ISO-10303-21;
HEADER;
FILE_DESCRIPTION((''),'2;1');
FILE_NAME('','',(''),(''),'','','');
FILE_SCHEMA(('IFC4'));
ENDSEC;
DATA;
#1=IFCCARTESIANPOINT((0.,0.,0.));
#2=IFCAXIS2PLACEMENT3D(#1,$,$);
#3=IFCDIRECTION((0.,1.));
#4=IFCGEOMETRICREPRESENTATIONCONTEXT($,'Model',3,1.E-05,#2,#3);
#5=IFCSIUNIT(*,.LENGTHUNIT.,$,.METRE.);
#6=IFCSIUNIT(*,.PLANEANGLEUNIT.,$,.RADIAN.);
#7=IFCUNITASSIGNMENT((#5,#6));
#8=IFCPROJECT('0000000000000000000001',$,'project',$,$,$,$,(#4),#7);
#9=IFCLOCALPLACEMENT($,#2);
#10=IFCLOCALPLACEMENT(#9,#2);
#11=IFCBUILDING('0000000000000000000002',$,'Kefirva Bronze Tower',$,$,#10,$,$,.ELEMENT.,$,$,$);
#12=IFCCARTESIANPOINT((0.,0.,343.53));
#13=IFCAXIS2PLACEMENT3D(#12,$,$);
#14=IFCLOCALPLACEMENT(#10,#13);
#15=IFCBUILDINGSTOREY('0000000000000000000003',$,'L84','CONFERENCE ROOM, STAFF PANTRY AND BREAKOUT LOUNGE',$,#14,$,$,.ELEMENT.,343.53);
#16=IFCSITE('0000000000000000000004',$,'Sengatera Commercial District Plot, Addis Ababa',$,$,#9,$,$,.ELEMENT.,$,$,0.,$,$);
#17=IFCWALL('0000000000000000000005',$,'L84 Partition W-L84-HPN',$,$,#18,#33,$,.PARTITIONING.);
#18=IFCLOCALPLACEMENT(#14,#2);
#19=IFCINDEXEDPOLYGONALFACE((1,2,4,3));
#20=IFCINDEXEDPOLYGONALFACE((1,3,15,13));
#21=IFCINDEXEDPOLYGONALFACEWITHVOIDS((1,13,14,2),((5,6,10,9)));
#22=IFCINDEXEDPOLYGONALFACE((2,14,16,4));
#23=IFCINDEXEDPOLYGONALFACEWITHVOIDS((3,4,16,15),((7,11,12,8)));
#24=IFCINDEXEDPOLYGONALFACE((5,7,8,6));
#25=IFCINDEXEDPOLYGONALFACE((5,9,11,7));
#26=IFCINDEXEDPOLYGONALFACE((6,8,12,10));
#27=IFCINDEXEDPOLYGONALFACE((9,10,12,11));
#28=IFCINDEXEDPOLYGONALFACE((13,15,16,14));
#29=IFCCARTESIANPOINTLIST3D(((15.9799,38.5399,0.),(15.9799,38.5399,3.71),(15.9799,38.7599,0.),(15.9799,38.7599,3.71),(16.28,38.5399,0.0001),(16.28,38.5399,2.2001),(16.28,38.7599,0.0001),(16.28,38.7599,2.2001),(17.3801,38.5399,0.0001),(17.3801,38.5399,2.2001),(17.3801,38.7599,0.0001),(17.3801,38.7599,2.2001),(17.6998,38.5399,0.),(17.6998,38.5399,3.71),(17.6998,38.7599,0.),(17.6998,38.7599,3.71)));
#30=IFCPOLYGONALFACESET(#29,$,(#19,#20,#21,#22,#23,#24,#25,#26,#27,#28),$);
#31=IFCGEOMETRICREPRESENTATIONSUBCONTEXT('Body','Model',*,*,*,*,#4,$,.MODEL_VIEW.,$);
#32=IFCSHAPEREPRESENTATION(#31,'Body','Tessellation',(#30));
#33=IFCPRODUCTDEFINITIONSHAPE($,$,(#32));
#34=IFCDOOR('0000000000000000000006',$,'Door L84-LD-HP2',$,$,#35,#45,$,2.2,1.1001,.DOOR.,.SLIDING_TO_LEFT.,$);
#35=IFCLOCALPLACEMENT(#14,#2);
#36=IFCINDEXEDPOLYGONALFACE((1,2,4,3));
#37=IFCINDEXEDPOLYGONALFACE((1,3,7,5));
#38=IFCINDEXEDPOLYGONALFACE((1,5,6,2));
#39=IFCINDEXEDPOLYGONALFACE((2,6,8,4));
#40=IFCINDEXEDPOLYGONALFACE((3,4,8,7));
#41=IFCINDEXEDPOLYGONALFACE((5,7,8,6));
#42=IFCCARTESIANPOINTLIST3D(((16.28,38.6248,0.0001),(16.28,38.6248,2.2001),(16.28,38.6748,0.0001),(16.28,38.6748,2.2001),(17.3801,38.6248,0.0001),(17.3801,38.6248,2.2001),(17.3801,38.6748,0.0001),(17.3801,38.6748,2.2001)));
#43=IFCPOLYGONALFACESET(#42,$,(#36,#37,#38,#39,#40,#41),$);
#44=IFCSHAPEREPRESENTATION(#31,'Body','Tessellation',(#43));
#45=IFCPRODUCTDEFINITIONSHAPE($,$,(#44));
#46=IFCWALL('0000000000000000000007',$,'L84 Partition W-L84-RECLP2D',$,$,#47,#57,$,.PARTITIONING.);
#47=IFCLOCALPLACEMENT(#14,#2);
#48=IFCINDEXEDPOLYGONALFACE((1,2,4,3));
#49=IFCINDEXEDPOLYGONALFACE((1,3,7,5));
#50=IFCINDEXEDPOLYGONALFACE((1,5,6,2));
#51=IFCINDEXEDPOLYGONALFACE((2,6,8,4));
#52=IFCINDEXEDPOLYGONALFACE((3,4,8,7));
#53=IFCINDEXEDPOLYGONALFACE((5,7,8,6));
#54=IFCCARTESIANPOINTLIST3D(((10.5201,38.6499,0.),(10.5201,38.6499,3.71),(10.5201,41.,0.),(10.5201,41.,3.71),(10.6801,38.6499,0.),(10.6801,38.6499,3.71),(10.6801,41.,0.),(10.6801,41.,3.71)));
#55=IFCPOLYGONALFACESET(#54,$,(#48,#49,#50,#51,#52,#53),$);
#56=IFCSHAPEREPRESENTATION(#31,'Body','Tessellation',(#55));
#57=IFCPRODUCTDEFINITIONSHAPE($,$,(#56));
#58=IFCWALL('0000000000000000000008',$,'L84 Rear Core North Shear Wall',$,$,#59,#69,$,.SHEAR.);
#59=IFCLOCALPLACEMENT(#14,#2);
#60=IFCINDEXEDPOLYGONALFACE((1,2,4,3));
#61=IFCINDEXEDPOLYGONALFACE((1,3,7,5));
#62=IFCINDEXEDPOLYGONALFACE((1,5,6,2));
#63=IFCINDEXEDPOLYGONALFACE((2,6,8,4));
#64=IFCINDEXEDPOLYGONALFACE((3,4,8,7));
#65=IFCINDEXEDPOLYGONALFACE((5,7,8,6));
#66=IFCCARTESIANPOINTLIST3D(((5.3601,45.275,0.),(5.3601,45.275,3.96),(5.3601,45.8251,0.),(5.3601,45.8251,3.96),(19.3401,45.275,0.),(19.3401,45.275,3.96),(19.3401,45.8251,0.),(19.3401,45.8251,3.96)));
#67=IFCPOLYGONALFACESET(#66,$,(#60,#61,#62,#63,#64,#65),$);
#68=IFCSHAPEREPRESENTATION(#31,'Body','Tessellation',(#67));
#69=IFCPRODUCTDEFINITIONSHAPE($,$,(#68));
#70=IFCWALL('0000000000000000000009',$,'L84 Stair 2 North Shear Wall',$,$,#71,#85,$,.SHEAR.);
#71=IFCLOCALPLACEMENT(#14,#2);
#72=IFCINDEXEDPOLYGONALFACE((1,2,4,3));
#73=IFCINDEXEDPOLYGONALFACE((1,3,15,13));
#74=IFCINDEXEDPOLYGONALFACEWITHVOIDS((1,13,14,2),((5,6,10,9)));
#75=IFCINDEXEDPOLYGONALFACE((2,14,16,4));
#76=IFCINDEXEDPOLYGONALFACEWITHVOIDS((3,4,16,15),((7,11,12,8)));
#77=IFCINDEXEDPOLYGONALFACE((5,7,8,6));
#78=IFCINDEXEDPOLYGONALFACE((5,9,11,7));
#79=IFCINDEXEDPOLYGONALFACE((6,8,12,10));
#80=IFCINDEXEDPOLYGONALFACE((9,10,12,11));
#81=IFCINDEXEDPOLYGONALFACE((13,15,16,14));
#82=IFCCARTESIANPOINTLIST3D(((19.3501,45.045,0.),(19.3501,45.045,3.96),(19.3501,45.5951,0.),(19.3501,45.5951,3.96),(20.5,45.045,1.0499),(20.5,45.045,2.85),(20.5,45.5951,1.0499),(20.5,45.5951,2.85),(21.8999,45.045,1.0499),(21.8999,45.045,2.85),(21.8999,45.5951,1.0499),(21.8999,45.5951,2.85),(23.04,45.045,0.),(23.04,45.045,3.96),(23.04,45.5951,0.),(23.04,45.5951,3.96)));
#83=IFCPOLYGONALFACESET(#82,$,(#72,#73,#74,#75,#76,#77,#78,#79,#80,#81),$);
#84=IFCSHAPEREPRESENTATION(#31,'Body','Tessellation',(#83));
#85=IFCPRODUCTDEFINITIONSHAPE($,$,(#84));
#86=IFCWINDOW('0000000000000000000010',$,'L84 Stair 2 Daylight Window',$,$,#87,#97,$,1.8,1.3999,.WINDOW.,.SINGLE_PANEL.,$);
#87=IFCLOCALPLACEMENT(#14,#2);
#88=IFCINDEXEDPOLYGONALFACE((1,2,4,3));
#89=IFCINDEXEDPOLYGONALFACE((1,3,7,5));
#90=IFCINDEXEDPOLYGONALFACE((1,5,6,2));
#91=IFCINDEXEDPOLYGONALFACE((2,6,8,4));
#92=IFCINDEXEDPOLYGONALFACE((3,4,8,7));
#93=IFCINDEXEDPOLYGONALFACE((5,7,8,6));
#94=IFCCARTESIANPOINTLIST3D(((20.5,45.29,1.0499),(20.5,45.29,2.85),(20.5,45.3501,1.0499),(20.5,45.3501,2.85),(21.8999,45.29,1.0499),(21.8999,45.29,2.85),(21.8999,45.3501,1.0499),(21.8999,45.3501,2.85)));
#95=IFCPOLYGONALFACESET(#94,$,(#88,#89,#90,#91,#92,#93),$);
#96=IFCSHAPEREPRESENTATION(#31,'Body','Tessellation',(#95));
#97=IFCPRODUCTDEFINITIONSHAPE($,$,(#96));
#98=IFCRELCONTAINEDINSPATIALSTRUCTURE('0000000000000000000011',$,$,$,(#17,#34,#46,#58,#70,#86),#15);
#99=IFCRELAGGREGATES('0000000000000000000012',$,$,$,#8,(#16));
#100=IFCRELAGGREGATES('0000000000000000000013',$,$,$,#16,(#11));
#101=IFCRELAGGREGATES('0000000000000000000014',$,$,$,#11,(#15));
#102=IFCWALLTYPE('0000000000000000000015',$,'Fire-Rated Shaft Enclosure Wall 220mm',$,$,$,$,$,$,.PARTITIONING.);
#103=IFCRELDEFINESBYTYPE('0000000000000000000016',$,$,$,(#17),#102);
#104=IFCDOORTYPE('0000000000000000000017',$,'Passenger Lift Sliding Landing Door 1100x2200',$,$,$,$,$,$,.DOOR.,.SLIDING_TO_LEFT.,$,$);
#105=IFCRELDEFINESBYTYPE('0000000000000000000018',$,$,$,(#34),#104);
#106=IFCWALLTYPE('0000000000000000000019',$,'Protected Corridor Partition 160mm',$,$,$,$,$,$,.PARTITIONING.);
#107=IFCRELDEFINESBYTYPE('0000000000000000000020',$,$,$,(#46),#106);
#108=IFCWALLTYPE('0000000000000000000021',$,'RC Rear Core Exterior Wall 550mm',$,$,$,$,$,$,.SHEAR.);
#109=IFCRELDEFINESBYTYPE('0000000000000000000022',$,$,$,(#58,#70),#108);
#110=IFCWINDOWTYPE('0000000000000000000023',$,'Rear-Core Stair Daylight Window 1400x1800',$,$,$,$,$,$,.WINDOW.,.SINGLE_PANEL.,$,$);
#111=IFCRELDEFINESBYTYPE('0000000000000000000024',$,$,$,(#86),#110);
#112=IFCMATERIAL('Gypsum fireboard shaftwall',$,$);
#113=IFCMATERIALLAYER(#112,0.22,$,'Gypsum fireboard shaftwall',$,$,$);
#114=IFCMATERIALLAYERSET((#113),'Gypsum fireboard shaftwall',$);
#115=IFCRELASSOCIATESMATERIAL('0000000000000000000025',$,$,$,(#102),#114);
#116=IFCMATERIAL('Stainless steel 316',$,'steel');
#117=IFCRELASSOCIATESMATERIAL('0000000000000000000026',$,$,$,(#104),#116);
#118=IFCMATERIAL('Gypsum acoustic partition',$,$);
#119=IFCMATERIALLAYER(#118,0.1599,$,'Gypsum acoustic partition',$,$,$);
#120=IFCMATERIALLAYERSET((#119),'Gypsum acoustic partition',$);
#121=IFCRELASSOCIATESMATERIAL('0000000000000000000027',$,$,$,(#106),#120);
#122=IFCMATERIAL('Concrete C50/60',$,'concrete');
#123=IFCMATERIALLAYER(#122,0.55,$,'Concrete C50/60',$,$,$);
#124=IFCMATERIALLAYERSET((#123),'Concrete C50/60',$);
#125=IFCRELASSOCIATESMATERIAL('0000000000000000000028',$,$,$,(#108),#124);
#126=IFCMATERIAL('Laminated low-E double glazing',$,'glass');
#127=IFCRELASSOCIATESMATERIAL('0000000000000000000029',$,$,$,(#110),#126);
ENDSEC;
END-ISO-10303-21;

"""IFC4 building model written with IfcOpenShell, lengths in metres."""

from ifc_helpers import new_model, si_unit, direction, frame, frame_2d, origin, place, context, subcontext, project, spatial, rectangle, extrude, material, layer, layer_set, type_object, element, fill, save


model = new_model("IFC4")

# Units and contexts
model_context = context("Model", 3, precision=1e-05, world=origin(), true_north=direction((0.0, 1.0)))
body_context = subcontext(model_context, "Body", "Model", "MODEL_VIEW")
ifc_project = project(units=[si_unit("LENGTHUNIT", "METRE"), si_unit("PLANEANGLEUNIT", "RADIAN")], contexts=[model_context])

# Site, building, storey
site_placement = place(None, origin())
site = spatial("IfcSite", under=ifc_project, at=site_placement, Name="Sengatera Commercial District Plot, Addis Ababa", CompositionType="ELEMENT", RefElevation=0.0)
building_placement = place(site_placement, origin())
building = spatial("IfcBuilding", under=site, at=building_placement, Name="Kefirva Bronze Tower", CompositionType="ELEMENT")
storey_placement = place(building_placement, frame((0.0, 0.0, 343.53)))
storey = spatial("IfcBuildingStorey", under=building, at=storey_placement, Name="L84", Description="CONFERENCE ROOM, STAFF PANTRY AND BREAKOUT LOUNGE", CompositionType="ELEMENT", Elevation=343.53)

# Shared definitions
ifc_material_1 = material(Name="Concrete C50/60", Category="concrete")

# Shared definitions
ifc_material_2 = material(Name="Gypsum acoustic partition")

# Shared definitions
ifc_material_3 = material(Name="Gypsum fireboard shaftwall")
ifc_layer_1 = layer(ifc_material_3, 0.22, Name="Gypsum fireboard shaftwall")
ifc_layer_set_1 = layer_set([ifc_layer_1], Name="Gypsum fireboard shaftwall")
wall_type_1 = type_object("IfcWallType", Name="Fire-Rated Shaft Enclosure Wall 220mm", PredefinedType="PARTITIONING", material=ifc_layer_set_1)

# Shared definitions
ifc_material_4 = material(Name="Stainless steel 316", Category="steel")

# Shared definitions
door_type_1 = type_object("IfcDoorType", Name="Passenger Lift Sliding Landing Door 1100x2200", OperationType="SLIDING_TO_LEFT", PredefinedType="DOOR", material=ifc_material_4)

# Wall, opening, door
wall_1_placement = place(storey_placement, frame((15.98, 38.6499, 0.0), z_axis=(0.0, 0.0, 1.0), x_axis=(1.0, 0.0, 0.0)))
wall_1 = element("IfcWall", 1, at=wall_1_placement, inside=storey, type_object=wall_type_1, Name="L84 Partition W-L84-HPN", PredefinedType="PARTITIONING", context=body_context, shape_type="SweptSolid", body=[
    extrude(rectangle(XDim=1.72, YDim=0.22, at=frame_2d((0.8599, 0.0))), origin(), (0.0, 0.0, 1.0), 3.71),
])
opening_1_placement = place(wall_1_placement, frame((0.3, 0.0, 0.0)))
opening_1 = element("IfcOpeningElement", 2, at=opening_1_placement, cuts=wall_1, PredefinedType="OPENING", context=body_context, shape_type="SweptSolid", body=[
    extrude(rectangle(XDim=1.1001, YDim=2.2, at=frame_2d((0.55, 1.1001))), frame((0.0, 0.1201, 0.0), z_axis=(0.0, -1.0, 0.0), x_axis=(1.0, 0.0, 0.0)), (0.0, 0.0, 1.0), 0.24),
])
door_1_placement = place(opening_1_placement, origin())
door_1 = element("IfcDoor", 3, at=door_1_placement, inside=storey, type_object=door_type_1, Name="Door L84-LD-HP2", OperationType="SLIDING_TO_LEFT", OverallHeight=2.2, OverallWidth=1.1001, PredefinedType="DOOR", context=body_context, shape_type="SweptSolid", body=[
    extrude(rectangle(XDim=1.1001, YDim=2.2, at=frame_2d((0.55, 1.1001))), frame((0.0, 0.0249, 0.0), z_axis=(0.0, -1.0, 0.0), x_axis=(1.0, 0.0, 0.0)), (0.0, 0.0, 1.0), 0.05),
])
fill(opening_1, door_1)

# Walls
ifc_layer_2 = layer(ifc_material_2, 0.1599, Name="Gypsum acoustic partition")
ifc_layer_set_2 = layer_set([ifc_layer_2], Name="Gypsum acoustic partition")
wall_type_2 = type_object("IfcWallType", Name="Protected Corridor Partition 160mm", PredefinedType="PARTITIONING", material=ifc_layer_set_2)
wall_2_placement = place(storey_placement, frame((10.6001, 38.6499, 0.0), z_axis=(0.0, 0.0, 1.0), x_axis=(0.0, 1.0, 0.0)))
element("IfcWall", 4, at=wall_2_placement, inside=storey, type_object=wall_type_2, Name="L84 Partition W-L84-RECLP2D", PredefinedType="PARTITIONING", context=body_context, shape_type="SweptSolid", body=[
    extrude(rectangle(XDim=2.3501, YDim=0.1599, at=frame_2d((1.175, 0.0))), origin(), (0.0, 0.0, 1.0), 3.71),
])
ifc_layer_3 = layer(ifc_material_1, 0.55, Name="Concrete C50/60")
ifc_layer_set_3 = layer_set([ifc_layer_3], Name="Concrete C50/60")
wall_type_3 = type_object("IfcWallType", Name="RC Rear Core Exterior Wall 550mm", PredefinedType="SHEAR", material=ifc_layer_set_3)
wall_3_placement = place(storey_placement, frame((5.3601, 45.55, 0.0), z_axis=(0.0, 0.0, 1.0), x_axis=(1.0, 0.0, 0.0)))
element("IfcWall", 5, at=wall_3_placement, inside=storey, type_object=wall_type_3, Name="L84 Rear Core North Shear Wall", PredefinedType="SHEAR", context=body_context, shape_type="SweptSolid", body=[
    extrude(rectangle(XDim=13.98, YDim=0.55, at=frame_2d((6.99, 0.0))), origin(), (0.0, 0.0, 1.0), 3.96),
])

# Wall, opening, window
wall_4_placement = place(storey_placement, frame((19.3501, 45.3201, 0.0), z_axis=(0.0, 0.0, 1.0), x_axis=(1.0, 0.0, 0.0)))
wall_4 = element("IfcWall", 6, at=wall_4_placement, inside=storey, type_object=wall_type_3, Name="L84 Stair 2 North Shear Wall", PredefinedType="SHEAR", context=body_context, shape_type="SweptSolid", body=[
    extrude(rectangle(XDim=3.6899, YDim=0.55, at=frame_2d((1.845, 0.0))), origin(), (0.0, 0.0, 1.0), 3.96),
])
opening_2_placement = place(wall_4_placement, frame((1.1499, 0.0, 1.05)))
opening_2 = element("IfcOpeningElement", 7, at=opening_2_placement, cuts=wall_4, PredefinedType="OPENING", context=body_context, shape_type="SweptSolid", body=[
    extrude(rectangle(XDim=1.3999, YDim=1.8, at=frame_2d((0.7, 0.8999))), frame((0.0, 0.2852, 0.0), z_axis=(0.0, -1.0, 0.0), x_axis=(1.0, 0.0, 0.0)), (0.0, 0.0, 1.0), 0.5701),
])
ifc_material_5 = material(Name="Laminated low-E double glazing", Category="glass")
window_type = type_object("IfcWindowType", Name="Rear-Core Stair Daylight Window 1400x1800", PartitioningType="SINGLE_PANEL", PredefinedType="WINDOW", material=ifc_material_5)
window_placement = place(opening_2_placement, origin())
window = element("IfcWindow", 8, at=window_placement, inside=storey, type_object=window_type, Name="L84 Stair 2 Daylight Window", OverallHeight=1.8, OverallWidth=1.3999, PartitioningType="SINGLE_PANEL", PredefinedType="WINDOW", context=body_context, shape_type="SweptSolid", body=[
    extrude(rectangle(XDim=1.3999, YDim=1.8, at=frame_2d((0.7, 0.8999))), frame((0.0, 0.03, 0.0), z_axis=(0.0, -1.0, 0.0), x_axis=(1.0, 0.0, 0.0)), (0.0, 0.0, 1.0), 0.0601),
])
fill(opening_2, window)

save(model, "model.ifc")
